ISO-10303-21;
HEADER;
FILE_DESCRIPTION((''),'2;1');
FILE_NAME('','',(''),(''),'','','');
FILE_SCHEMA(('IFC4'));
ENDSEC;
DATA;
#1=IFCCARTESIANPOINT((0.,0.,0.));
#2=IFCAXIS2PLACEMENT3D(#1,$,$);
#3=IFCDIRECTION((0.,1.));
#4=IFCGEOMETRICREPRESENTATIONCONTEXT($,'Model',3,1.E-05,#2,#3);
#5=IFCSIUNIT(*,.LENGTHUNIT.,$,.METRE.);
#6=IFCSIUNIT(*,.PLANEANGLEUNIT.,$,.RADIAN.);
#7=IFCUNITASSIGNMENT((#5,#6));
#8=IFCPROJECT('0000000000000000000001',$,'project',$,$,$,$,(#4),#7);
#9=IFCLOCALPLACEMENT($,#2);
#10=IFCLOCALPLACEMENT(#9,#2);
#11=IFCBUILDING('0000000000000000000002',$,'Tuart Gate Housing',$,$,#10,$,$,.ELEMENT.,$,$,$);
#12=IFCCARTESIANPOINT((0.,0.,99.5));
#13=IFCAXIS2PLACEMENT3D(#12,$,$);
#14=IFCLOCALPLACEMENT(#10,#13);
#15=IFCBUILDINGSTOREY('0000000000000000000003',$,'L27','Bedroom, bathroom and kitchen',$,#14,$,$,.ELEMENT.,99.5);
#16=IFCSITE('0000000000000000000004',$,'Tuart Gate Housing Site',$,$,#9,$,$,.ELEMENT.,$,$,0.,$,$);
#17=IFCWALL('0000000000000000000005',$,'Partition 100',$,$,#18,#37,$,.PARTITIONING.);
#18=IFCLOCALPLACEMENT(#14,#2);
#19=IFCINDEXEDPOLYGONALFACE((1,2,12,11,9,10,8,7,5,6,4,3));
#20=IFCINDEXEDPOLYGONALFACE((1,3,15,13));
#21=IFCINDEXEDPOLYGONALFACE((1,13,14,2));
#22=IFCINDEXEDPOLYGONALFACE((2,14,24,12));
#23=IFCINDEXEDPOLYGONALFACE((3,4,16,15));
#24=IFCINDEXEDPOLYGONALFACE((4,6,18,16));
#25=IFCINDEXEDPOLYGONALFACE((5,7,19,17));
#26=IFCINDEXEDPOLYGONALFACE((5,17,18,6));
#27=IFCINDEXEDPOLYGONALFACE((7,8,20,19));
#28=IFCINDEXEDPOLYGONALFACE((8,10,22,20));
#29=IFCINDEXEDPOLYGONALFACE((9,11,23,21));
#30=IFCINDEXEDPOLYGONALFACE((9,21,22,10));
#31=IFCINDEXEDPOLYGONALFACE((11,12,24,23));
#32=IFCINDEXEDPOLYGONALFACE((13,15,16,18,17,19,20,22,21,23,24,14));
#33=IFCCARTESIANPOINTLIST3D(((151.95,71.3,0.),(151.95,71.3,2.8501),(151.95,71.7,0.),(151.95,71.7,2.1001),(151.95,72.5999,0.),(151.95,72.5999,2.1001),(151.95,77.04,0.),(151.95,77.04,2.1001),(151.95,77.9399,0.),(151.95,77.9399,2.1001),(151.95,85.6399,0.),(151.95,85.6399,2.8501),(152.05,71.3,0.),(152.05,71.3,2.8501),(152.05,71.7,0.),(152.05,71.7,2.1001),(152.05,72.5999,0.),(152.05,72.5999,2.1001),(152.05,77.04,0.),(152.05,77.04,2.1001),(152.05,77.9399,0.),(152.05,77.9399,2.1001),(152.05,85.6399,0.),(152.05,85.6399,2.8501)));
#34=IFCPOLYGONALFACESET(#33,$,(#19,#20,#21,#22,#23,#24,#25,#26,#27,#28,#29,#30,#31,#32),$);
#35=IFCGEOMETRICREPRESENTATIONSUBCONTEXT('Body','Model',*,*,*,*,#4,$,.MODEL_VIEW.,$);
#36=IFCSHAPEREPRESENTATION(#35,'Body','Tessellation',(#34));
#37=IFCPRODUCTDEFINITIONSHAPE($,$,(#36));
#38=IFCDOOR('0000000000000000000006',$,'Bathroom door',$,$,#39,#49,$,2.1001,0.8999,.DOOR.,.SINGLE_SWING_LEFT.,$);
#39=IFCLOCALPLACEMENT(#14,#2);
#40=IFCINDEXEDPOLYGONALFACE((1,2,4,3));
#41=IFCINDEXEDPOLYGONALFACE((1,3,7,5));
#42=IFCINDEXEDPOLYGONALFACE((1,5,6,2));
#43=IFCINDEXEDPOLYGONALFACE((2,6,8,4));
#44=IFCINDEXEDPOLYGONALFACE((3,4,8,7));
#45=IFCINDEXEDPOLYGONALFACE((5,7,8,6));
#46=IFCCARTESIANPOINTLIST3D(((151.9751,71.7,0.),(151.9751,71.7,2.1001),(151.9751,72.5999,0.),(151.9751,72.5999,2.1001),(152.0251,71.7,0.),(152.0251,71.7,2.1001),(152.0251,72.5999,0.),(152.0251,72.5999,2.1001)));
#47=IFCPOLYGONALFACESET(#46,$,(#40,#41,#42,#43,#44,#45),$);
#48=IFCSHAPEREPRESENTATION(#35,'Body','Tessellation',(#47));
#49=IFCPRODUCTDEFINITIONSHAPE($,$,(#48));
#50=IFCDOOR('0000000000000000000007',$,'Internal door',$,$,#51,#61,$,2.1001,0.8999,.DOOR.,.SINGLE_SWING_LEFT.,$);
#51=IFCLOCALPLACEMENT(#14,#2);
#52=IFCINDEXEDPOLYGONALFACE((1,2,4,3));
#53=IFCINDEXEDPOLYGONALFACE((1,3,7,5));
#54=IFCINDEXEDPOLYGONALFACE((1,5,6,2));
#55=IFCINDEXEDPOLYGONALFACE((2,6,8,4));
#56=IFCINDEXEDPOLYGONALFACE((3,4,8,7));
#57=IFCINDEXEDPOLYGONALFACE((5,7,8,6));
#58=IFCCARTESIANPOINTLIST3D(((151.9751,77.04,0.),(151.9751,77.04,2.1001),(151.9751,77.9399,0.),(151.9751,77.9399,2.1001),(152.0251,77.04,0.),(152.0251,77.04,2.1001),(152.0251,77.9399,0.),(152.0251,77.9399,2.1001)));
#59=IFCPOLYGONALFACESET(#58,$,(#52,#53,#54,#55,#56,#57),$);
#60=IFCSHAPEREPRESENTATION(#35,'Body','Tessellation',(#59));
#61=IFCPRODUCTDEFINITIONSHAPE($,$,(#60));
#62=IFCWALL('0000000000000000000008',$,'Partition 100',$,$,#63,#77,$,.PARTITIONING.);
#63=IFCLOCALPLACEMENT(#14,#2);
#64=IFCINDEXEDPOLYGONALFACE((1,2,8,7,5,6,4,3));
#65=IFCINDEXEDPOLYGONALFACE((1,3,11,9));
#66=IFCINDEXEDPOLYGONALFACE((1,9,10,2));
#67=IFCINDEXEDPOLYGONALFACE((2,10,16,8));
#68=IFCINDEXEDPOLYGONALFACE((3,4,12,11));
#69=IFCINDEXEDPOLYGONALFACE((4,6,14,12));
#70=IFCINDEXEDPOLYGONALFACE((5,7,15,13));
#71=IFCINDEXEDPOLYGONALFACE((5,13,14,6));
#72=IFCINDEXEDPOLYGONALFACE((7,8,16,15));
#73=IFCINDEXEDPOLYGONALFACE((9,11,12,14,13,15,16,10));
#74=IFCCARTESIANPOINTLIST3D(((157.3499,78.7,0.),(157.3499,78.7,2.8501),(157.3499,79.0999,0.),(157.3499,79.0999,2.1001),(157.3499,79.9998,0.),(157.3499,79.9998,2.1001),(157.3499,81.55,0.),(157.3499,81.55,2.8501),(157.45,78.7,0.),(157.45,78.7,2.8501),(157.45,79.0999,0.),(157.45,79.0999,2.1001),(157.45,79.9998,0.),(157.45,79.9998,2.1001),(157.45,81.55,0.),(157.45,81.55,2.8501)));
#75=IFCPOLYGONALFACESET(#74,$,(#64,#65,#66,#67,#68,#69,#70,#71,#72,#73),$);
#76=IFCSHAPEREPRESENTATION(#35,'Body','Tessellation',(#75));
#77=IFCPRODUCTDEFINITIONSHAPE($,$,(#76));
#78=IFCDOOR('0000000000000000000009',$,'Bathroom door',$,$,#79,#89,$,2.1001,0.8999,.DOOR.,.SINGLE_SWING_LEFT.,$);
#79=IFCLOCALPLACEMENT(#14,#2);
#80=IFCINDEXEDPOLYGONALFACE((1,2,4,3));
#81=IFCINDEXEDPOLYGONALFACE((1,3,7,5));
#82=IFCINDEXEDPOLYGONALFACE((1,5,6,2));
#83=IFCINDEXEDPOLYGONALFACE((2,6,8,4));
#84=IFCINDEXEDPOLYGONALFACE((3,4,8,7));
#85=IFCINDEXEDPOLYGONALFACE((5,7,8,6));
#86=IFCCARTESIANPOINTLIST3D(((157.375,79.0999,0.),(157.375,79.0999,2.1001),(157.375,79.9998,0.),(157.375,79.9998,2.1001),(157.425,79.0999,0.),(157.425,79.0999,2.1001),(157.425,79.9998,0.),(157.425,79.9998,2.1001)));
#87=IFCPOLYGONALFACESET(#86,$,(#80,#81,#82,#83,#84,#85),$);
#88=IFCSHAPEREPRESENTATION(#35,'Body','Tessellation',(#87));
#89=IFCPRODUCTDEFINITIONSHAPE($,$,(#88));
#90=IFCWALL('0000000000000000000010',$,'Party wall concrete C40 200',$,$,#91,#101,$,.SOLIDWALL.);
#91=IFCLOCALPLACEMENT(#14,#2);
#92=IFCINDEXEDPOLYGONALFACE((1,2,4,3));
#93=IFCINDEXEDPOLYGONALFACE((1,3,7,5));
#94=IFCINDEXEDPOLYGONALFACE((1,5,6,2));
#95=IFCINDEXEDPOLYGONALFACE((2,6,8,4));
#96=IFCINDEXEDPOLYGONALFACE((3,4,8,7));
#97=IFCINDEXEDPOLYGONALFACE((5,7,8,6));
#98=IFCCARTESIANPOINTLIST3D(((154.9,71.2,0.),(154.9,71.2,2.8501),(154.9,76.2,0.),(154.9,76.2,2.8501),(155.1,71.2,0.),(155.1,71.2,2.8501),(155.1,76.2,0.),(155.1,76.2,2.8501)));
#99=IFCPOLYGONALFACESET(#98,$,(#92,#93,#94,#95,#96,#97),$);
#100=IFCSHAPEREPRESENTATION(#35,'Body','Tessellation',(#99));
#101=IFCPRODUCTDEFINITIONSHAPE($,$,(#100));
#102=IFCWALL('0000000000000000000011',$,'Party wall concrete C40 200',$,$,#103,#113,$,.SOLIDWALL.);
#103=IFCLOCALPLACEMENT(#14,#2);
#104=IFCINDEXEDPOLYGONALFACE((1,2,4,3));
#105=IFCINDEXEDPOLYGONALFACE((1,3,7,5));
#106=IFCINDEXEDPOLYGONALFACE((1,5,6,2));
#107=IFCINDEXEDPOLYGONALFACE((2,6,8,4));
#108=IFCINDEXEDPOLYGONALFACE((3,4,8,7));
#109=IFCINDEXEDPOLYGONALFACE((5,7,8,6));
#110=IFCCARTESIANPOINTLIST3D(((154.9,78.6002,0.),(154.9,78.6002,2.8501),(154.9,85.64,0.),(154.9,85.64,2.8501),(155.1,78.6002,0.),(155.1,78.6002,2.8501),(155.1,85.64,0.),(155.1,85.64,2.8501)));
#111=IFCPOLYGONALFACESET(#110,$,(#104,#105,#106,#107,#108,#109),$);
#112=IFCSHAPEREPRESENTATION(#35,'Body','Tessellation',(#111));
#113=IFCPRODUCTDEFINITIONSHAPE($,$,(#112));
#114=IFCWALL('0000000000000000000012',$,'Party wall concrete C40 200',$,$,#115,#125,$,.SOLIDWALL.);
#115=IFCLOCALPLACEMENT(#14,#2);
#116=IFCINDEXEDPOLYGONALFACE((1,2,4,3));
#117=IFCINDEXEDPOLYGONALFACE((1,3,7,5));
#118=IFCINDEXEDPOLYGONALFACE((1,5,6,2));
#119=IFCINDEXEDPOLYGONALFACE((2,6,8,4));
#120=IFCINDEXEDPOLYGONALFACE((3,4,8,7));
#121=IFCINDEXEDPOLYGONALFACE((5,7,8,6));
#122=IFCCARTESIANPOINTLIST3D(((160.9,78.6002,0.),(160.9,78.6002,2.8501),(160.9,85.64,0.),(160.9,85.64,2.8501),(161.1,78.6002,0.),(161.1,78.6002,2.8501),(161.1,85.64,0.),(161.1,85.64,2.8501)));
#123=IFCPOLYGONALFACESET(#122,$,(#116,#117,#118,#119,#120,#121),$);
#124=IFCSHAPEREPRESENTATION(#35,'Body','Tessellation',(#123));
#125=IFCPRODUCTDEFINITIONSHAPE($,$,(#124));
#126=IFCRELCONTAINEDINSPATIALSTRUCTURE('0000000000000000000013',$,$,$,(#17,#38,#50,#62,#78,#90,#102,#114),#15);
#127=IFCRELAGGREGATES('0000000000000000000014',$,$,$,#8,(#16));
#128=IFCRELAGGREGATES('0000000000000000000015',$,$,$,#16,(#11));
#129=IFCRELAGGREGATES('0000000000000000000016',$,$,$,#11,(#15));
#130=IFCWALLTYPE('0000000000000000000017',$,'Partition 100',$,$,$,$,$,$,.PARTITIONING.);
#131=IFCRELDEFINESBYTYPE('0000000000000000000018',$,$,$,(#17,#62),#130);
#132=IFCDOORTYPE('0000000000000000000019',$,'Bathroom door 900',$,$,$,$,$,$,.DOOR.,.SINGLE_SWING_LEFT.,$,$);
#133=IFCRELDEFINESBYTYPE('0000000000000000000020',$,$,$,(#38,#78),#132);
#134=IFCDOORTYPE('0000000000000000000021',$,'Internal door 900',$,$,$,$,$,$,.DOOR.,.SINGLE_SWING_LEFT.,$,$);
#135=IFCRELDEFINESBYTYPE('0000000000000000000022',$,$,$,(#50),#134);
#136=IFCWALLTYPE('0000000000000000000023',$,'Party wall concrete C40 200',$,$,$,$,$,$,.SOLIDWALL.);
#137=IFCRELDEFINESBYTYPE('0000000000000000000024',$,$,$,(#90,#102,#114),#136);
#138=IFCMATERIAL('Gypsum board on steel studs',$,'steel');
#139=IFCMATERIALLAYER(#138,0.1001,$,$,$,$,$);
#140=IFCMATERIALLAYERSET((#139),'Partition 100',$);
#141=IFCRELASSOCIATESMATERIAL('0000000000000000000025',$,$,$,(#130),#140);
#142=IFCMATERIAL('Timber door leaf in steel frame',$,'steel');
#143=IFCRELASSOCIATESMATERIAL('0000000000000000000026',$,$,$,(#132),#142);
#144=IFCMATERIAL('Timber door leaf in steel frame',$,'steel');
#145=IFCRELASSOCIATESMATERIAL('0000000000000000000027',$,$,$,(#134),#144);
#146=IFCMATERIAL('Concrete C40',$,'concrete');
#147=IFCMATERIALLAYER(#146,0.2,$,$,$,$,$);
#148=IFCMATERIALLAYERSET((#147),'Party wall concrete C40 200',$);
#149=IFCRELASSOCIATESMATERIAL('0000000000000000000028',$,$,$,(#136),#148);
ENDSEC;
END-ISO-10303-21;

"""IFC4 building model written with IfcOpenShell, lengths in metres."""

from ifc_helpers import new_model, si_unit, direction, frame, frame_2d, origin, place, context, subcontext, project, spatial, rectangle, extrude, material, layer, layer_set, type_object, element, fill, save


model = new_model("IFC4")

# Units and contexts
model_context = context("Model", 3, precision=1e-05, world=origin(), true_north=direction((0.0, 1.0)))
body_context = subcontext(model_context, "Body", "Model", "MODEL_VIEW")
ifc_project = project(units=[si_unit("LENGTHUNIT", "METRE"), si_unit("PLANEANGLEUNIT", "RADIAN")], contexts=[model_context])

# Site, building, storey
site_placement = place(None, origin())
site = spatial("IfcSite", under=ifc_project, at=site_placement, Name="Tuart Gate Housing Site", CompositionType="ELEMENT", RefElevation=0.0)
building_placement = place(site_placement, origin())
building = spatial("IfcBuilding", under=site, at=building_placement, Name="Tuart Gate Housing", CompositionType="ELEMENT")
storey_placement = place(building_placement, frame((0.0, 0.0, 99.5)))
storey = spatial("IfcBuildingStorey", under=building, at=storey_placement, Name="L27", Description="Bedroom, bathroom and kitchen", CompositionType="ELEMENT", Elevation=99.5)

# Shared definitions
ifc_material_1 = material(Name="Gypsum board on steel studs", Category="steel")
ifc_layer_1 = layer(ifc_material_1, 0.1001)
ifc_layer_set_1 = layer_set([ifc_layer_1], Name="Partition 100")
wall_type_1 = type_object("IfcWallType", Name="Partition 100", PredefinedType="PARTITIONING", material=ifc_layer_set_1)

# Wall, openings, doors
wall_1_placement = place(storey_placement, frame((152.0, 71.3, 0.0), z_axis=(0.0, 0.0, 1.0), x_axis=(0.0, 1.0, 0.0)))
wall_1 = element("IfcWall", 1, at=wall_1_placement, inside=storey, type_object=wall_type_1, Name="Partition 100", PredefinedType="PARTITIONING", context=body_context, shape_type="SweptSolid", body=[
    extrude(rectangle(XDim=14.3398, YDim=0.1001, at=frame_2d((7.1699, 0.0))), origin(), (0.0, 0.0, 1.0), 2.8501),
])
opening_1_placement = place(wall_1_placement, frame((5.74, 0.0, 0.0)))
opening_1 = element("IfcOpeningElement", 2, at=opening_1_placement, cuts=wall_1, PredefinedType="OPENING", context=body_context, shape_type="SweptSolid", body=[
    extrude(rectangle(XDim=0.8999, YDim=2.1001, at=frame_2d((0.45, 1.05))), frame((0.0, 0.0601, 0.0), z_axis=(0.0, -1.0, 0.0), x_axis=(1.0, 0.0, 0.0)), (0.0, 0.0, 1.0), 0.1201),
])
opening_2_placement = place(wall_1_placement, frame((0.3999, 0.0, 0.0)))
opening_2 = element("IfcOpeningElement", 3, at=opening_2_placement, cuts=wall_1, PredefinedType="OPENING", context=body_context, shape_type="SweptSolid", body=[
    extrude(rectangle(XDim=0.8999, YDim=2.1001, at=frame_2d((0.45, 1.05))), frame((0.0, 0.0601, 0.0), z_axis=(0.0, -1.0, 0.0), x_axis=(1.0, 0.0, 0.0)), (0.0, 0.0, 1.0), 0.1201),
])
ifc_material_2 = material(Name="Timber door leaf in steel frame", Category="steel")
door_type_1 = type_object("IfcDoorType", Name="Bathroom door 900", OperationType="SINGLE_SWING_LEFT", PredefinedType="DOOR", material=ifc_material_2)
door_1_placement = place(opening_2_placement, origin())
door_1 = element("IfcDoor", 4, at=door_1_placement, inside=storey, type_object=door_type_1, Name="Bathroom door", OperationType="SINGLE_SWING_LEFT", OverallHeight=2.1001, OverallWidth=0.8999, PredefinedType="DOOR", context=body_context, shape_type="SweptSolid", body=[
    extrude(rectangle(XDim=0.8999, YDim=2.1001, at=frame_2d((0.45, 1.05))), frame((0.0, 0.0249, 0.0), z_axis=(0.0, -1.0, 0.0), x_axis=(1.0, 0.0, 0.0)), (0.0, 0.0, 1.0), 0.05),
])
fill(opening_2, door_1)
ifc_material_3 = material(Name="Timber door leaf in steel frame", Category="steel")
door_type_2 = type_object("IfcDoorType", Name="Internal door 900", OperationType="SINGLE_SWING_LEFT", PredefinedType="DOOR", material=ifc_material_3)
door_2_placement = place(opening_1_placement, origin())
door_2 = element("IfcDoor", 5, at=door_2_placement, inside=storey, type_object=door_type_2, Name="Internal door", OperationType="SINGLE_SWING_LEFT", OverallHeight=2.1001, OverallWidth=0.8999, PredefinedType="DOOR", context=body_context, shape_type="SweptSolid", body=[
    extrude(rectangle(XDim=0.8999, YDim=2.1001, at=frame_2d((0.45, 1.05))), frame((0.0, 0.0249, 0.0), z_axis=(0.0, -1.0, 0.0), x_axis=(1.0, 0.0, 0.0)), (0.0, 0.0, 1.0), 0.05),
])
fill(opening_1, door_2)

# Wall, opening, door
wall_2_placement = place(storey_placement, frame((157.3999, 78.7, 0.0), z_axis=(0.0, 0.0, 1.0), x_axis=(0.0, 1.0, 0.0)))
wall_2 = element("IfcWall", 6, at=wall_2_placement, inside=storey, type_object=wall_type_1, Name="Partition 100", PredefinedType="PARTITIONING", context=body_context, shape_type="SweptSolid", body=[
    extrude(rectangle(XDim=2.8501, YDim=0.1001, at=frame_2d((1.425, 0.0))), origin(), (0.0, 0.0, 1.0), 2.8501),
])
opening_3_placement = place(wall_2_placement, frame((0.3999, 0.0, 0.0)))
opening_3 = element("IfcOpeningElement", 7, at=opening_3_placement, cuts=wall_2, PredefinedType="OPENING", context=body_context, shape_type="SweptSolid", body=[
    extrude(rectangle(XDim=0.8999, YDim=2.1001, at=frame_2d((0.45, 1.05))), frame((0.0, 0.0601, 0.0), z_axis=(0.0, -1.0, 0.0), x_axis=(1.0, 0.0, 0.0)), (0.0, 0.0, 1.0), 0.1201),
])
door_3_placement = place(opening_3_placement, origin())
door_3 = element("IfcDoor", 8, at=door_3_placement, inside=storey, type_object=door_type_1, Name="Bathroom door", OperationType="SINGLE_SWING_LEFT", OverallHeight=2.1001, OverallWidth=0.8999, PredefinedType="DOOR", context=body_context, shape_type="SweptSolid", body=[
    extrude(rectangle(XDim=0.8999, YDim=2.1001, at=frame_2d((0.45, 1.05))), frame((0.0, 0.0249, 0.0), z_axis=(0.0, -1.0, 0.0), x_axis=(1.0, 0.0, 0.0)), (0.0, 0.0, 1.0), 0.05),
])
fill(opening_3, door_3)

# Walls
ifc_material_4 = material(Name="Concrete C40", Category="concrete")
ifc_layer_2 = layer(ifc_material_4, 0.2)
ifc_layer_set_2 = layer_set([ifc_layer_2], Name="Party wall concrete C40 200")
wall_type_2 = type_object("IfcWallType", Name="Party wall concrete C40 200", PredefinedType="SOLIDWALL", material=ifc_layer_set_2)
wall_3_placement = place(storey_placement, frame((155.0, 71.2, 0.0), z_axis=(0.0, 0.0, 1.0), x_axis=(0.0, 1.0, 0.0)))
element("IfcWall", 9, at=wall_3_placement, inside=storey, type_object=wall_type_2, Name="Party wall concrete C40 200", PredefinedType="SOLIDWALL", context=body_context, shape_type="SweptSolid", body=[
    extrude(rectangle(XDim=5.0, YDim=0.2, at=frame_2d((2.5, 0.0))), origin(), (0.0, 0.0, 1.0), 2.8501),
])
for number, where, z_axis, x_axis, name in (
    (10, (155.0, 78.6001, 0.0), (0.0, 0.0, 1.0), (0.0, 1.0, 0.0), "Party wall concrete C40 200"),
    (11, (161.0, 78.6001, 0.0), (0.0, 0.0, 1.0), (0.0, 1.0, 0.0), "Party wall concrete C40 200"),
):
    element("IfcWall", number, at=place(storey_placement, frame(where, z_axis=z_axis, x_axis=x_axis)), inside=storey, type_object=wall_type_2, Name=name, PredefinedType="SOLIDWALL", context=body_context, shape_type="SweptSolid", body=[
        extrude(rectangle(XDim=7.0398, YDim=0.2, at=frame_2d((3.52, 0.0))), origin(), (0.0, 0.0, 1.0), 2.8501),
    ])

save(model, "model.ifc")
